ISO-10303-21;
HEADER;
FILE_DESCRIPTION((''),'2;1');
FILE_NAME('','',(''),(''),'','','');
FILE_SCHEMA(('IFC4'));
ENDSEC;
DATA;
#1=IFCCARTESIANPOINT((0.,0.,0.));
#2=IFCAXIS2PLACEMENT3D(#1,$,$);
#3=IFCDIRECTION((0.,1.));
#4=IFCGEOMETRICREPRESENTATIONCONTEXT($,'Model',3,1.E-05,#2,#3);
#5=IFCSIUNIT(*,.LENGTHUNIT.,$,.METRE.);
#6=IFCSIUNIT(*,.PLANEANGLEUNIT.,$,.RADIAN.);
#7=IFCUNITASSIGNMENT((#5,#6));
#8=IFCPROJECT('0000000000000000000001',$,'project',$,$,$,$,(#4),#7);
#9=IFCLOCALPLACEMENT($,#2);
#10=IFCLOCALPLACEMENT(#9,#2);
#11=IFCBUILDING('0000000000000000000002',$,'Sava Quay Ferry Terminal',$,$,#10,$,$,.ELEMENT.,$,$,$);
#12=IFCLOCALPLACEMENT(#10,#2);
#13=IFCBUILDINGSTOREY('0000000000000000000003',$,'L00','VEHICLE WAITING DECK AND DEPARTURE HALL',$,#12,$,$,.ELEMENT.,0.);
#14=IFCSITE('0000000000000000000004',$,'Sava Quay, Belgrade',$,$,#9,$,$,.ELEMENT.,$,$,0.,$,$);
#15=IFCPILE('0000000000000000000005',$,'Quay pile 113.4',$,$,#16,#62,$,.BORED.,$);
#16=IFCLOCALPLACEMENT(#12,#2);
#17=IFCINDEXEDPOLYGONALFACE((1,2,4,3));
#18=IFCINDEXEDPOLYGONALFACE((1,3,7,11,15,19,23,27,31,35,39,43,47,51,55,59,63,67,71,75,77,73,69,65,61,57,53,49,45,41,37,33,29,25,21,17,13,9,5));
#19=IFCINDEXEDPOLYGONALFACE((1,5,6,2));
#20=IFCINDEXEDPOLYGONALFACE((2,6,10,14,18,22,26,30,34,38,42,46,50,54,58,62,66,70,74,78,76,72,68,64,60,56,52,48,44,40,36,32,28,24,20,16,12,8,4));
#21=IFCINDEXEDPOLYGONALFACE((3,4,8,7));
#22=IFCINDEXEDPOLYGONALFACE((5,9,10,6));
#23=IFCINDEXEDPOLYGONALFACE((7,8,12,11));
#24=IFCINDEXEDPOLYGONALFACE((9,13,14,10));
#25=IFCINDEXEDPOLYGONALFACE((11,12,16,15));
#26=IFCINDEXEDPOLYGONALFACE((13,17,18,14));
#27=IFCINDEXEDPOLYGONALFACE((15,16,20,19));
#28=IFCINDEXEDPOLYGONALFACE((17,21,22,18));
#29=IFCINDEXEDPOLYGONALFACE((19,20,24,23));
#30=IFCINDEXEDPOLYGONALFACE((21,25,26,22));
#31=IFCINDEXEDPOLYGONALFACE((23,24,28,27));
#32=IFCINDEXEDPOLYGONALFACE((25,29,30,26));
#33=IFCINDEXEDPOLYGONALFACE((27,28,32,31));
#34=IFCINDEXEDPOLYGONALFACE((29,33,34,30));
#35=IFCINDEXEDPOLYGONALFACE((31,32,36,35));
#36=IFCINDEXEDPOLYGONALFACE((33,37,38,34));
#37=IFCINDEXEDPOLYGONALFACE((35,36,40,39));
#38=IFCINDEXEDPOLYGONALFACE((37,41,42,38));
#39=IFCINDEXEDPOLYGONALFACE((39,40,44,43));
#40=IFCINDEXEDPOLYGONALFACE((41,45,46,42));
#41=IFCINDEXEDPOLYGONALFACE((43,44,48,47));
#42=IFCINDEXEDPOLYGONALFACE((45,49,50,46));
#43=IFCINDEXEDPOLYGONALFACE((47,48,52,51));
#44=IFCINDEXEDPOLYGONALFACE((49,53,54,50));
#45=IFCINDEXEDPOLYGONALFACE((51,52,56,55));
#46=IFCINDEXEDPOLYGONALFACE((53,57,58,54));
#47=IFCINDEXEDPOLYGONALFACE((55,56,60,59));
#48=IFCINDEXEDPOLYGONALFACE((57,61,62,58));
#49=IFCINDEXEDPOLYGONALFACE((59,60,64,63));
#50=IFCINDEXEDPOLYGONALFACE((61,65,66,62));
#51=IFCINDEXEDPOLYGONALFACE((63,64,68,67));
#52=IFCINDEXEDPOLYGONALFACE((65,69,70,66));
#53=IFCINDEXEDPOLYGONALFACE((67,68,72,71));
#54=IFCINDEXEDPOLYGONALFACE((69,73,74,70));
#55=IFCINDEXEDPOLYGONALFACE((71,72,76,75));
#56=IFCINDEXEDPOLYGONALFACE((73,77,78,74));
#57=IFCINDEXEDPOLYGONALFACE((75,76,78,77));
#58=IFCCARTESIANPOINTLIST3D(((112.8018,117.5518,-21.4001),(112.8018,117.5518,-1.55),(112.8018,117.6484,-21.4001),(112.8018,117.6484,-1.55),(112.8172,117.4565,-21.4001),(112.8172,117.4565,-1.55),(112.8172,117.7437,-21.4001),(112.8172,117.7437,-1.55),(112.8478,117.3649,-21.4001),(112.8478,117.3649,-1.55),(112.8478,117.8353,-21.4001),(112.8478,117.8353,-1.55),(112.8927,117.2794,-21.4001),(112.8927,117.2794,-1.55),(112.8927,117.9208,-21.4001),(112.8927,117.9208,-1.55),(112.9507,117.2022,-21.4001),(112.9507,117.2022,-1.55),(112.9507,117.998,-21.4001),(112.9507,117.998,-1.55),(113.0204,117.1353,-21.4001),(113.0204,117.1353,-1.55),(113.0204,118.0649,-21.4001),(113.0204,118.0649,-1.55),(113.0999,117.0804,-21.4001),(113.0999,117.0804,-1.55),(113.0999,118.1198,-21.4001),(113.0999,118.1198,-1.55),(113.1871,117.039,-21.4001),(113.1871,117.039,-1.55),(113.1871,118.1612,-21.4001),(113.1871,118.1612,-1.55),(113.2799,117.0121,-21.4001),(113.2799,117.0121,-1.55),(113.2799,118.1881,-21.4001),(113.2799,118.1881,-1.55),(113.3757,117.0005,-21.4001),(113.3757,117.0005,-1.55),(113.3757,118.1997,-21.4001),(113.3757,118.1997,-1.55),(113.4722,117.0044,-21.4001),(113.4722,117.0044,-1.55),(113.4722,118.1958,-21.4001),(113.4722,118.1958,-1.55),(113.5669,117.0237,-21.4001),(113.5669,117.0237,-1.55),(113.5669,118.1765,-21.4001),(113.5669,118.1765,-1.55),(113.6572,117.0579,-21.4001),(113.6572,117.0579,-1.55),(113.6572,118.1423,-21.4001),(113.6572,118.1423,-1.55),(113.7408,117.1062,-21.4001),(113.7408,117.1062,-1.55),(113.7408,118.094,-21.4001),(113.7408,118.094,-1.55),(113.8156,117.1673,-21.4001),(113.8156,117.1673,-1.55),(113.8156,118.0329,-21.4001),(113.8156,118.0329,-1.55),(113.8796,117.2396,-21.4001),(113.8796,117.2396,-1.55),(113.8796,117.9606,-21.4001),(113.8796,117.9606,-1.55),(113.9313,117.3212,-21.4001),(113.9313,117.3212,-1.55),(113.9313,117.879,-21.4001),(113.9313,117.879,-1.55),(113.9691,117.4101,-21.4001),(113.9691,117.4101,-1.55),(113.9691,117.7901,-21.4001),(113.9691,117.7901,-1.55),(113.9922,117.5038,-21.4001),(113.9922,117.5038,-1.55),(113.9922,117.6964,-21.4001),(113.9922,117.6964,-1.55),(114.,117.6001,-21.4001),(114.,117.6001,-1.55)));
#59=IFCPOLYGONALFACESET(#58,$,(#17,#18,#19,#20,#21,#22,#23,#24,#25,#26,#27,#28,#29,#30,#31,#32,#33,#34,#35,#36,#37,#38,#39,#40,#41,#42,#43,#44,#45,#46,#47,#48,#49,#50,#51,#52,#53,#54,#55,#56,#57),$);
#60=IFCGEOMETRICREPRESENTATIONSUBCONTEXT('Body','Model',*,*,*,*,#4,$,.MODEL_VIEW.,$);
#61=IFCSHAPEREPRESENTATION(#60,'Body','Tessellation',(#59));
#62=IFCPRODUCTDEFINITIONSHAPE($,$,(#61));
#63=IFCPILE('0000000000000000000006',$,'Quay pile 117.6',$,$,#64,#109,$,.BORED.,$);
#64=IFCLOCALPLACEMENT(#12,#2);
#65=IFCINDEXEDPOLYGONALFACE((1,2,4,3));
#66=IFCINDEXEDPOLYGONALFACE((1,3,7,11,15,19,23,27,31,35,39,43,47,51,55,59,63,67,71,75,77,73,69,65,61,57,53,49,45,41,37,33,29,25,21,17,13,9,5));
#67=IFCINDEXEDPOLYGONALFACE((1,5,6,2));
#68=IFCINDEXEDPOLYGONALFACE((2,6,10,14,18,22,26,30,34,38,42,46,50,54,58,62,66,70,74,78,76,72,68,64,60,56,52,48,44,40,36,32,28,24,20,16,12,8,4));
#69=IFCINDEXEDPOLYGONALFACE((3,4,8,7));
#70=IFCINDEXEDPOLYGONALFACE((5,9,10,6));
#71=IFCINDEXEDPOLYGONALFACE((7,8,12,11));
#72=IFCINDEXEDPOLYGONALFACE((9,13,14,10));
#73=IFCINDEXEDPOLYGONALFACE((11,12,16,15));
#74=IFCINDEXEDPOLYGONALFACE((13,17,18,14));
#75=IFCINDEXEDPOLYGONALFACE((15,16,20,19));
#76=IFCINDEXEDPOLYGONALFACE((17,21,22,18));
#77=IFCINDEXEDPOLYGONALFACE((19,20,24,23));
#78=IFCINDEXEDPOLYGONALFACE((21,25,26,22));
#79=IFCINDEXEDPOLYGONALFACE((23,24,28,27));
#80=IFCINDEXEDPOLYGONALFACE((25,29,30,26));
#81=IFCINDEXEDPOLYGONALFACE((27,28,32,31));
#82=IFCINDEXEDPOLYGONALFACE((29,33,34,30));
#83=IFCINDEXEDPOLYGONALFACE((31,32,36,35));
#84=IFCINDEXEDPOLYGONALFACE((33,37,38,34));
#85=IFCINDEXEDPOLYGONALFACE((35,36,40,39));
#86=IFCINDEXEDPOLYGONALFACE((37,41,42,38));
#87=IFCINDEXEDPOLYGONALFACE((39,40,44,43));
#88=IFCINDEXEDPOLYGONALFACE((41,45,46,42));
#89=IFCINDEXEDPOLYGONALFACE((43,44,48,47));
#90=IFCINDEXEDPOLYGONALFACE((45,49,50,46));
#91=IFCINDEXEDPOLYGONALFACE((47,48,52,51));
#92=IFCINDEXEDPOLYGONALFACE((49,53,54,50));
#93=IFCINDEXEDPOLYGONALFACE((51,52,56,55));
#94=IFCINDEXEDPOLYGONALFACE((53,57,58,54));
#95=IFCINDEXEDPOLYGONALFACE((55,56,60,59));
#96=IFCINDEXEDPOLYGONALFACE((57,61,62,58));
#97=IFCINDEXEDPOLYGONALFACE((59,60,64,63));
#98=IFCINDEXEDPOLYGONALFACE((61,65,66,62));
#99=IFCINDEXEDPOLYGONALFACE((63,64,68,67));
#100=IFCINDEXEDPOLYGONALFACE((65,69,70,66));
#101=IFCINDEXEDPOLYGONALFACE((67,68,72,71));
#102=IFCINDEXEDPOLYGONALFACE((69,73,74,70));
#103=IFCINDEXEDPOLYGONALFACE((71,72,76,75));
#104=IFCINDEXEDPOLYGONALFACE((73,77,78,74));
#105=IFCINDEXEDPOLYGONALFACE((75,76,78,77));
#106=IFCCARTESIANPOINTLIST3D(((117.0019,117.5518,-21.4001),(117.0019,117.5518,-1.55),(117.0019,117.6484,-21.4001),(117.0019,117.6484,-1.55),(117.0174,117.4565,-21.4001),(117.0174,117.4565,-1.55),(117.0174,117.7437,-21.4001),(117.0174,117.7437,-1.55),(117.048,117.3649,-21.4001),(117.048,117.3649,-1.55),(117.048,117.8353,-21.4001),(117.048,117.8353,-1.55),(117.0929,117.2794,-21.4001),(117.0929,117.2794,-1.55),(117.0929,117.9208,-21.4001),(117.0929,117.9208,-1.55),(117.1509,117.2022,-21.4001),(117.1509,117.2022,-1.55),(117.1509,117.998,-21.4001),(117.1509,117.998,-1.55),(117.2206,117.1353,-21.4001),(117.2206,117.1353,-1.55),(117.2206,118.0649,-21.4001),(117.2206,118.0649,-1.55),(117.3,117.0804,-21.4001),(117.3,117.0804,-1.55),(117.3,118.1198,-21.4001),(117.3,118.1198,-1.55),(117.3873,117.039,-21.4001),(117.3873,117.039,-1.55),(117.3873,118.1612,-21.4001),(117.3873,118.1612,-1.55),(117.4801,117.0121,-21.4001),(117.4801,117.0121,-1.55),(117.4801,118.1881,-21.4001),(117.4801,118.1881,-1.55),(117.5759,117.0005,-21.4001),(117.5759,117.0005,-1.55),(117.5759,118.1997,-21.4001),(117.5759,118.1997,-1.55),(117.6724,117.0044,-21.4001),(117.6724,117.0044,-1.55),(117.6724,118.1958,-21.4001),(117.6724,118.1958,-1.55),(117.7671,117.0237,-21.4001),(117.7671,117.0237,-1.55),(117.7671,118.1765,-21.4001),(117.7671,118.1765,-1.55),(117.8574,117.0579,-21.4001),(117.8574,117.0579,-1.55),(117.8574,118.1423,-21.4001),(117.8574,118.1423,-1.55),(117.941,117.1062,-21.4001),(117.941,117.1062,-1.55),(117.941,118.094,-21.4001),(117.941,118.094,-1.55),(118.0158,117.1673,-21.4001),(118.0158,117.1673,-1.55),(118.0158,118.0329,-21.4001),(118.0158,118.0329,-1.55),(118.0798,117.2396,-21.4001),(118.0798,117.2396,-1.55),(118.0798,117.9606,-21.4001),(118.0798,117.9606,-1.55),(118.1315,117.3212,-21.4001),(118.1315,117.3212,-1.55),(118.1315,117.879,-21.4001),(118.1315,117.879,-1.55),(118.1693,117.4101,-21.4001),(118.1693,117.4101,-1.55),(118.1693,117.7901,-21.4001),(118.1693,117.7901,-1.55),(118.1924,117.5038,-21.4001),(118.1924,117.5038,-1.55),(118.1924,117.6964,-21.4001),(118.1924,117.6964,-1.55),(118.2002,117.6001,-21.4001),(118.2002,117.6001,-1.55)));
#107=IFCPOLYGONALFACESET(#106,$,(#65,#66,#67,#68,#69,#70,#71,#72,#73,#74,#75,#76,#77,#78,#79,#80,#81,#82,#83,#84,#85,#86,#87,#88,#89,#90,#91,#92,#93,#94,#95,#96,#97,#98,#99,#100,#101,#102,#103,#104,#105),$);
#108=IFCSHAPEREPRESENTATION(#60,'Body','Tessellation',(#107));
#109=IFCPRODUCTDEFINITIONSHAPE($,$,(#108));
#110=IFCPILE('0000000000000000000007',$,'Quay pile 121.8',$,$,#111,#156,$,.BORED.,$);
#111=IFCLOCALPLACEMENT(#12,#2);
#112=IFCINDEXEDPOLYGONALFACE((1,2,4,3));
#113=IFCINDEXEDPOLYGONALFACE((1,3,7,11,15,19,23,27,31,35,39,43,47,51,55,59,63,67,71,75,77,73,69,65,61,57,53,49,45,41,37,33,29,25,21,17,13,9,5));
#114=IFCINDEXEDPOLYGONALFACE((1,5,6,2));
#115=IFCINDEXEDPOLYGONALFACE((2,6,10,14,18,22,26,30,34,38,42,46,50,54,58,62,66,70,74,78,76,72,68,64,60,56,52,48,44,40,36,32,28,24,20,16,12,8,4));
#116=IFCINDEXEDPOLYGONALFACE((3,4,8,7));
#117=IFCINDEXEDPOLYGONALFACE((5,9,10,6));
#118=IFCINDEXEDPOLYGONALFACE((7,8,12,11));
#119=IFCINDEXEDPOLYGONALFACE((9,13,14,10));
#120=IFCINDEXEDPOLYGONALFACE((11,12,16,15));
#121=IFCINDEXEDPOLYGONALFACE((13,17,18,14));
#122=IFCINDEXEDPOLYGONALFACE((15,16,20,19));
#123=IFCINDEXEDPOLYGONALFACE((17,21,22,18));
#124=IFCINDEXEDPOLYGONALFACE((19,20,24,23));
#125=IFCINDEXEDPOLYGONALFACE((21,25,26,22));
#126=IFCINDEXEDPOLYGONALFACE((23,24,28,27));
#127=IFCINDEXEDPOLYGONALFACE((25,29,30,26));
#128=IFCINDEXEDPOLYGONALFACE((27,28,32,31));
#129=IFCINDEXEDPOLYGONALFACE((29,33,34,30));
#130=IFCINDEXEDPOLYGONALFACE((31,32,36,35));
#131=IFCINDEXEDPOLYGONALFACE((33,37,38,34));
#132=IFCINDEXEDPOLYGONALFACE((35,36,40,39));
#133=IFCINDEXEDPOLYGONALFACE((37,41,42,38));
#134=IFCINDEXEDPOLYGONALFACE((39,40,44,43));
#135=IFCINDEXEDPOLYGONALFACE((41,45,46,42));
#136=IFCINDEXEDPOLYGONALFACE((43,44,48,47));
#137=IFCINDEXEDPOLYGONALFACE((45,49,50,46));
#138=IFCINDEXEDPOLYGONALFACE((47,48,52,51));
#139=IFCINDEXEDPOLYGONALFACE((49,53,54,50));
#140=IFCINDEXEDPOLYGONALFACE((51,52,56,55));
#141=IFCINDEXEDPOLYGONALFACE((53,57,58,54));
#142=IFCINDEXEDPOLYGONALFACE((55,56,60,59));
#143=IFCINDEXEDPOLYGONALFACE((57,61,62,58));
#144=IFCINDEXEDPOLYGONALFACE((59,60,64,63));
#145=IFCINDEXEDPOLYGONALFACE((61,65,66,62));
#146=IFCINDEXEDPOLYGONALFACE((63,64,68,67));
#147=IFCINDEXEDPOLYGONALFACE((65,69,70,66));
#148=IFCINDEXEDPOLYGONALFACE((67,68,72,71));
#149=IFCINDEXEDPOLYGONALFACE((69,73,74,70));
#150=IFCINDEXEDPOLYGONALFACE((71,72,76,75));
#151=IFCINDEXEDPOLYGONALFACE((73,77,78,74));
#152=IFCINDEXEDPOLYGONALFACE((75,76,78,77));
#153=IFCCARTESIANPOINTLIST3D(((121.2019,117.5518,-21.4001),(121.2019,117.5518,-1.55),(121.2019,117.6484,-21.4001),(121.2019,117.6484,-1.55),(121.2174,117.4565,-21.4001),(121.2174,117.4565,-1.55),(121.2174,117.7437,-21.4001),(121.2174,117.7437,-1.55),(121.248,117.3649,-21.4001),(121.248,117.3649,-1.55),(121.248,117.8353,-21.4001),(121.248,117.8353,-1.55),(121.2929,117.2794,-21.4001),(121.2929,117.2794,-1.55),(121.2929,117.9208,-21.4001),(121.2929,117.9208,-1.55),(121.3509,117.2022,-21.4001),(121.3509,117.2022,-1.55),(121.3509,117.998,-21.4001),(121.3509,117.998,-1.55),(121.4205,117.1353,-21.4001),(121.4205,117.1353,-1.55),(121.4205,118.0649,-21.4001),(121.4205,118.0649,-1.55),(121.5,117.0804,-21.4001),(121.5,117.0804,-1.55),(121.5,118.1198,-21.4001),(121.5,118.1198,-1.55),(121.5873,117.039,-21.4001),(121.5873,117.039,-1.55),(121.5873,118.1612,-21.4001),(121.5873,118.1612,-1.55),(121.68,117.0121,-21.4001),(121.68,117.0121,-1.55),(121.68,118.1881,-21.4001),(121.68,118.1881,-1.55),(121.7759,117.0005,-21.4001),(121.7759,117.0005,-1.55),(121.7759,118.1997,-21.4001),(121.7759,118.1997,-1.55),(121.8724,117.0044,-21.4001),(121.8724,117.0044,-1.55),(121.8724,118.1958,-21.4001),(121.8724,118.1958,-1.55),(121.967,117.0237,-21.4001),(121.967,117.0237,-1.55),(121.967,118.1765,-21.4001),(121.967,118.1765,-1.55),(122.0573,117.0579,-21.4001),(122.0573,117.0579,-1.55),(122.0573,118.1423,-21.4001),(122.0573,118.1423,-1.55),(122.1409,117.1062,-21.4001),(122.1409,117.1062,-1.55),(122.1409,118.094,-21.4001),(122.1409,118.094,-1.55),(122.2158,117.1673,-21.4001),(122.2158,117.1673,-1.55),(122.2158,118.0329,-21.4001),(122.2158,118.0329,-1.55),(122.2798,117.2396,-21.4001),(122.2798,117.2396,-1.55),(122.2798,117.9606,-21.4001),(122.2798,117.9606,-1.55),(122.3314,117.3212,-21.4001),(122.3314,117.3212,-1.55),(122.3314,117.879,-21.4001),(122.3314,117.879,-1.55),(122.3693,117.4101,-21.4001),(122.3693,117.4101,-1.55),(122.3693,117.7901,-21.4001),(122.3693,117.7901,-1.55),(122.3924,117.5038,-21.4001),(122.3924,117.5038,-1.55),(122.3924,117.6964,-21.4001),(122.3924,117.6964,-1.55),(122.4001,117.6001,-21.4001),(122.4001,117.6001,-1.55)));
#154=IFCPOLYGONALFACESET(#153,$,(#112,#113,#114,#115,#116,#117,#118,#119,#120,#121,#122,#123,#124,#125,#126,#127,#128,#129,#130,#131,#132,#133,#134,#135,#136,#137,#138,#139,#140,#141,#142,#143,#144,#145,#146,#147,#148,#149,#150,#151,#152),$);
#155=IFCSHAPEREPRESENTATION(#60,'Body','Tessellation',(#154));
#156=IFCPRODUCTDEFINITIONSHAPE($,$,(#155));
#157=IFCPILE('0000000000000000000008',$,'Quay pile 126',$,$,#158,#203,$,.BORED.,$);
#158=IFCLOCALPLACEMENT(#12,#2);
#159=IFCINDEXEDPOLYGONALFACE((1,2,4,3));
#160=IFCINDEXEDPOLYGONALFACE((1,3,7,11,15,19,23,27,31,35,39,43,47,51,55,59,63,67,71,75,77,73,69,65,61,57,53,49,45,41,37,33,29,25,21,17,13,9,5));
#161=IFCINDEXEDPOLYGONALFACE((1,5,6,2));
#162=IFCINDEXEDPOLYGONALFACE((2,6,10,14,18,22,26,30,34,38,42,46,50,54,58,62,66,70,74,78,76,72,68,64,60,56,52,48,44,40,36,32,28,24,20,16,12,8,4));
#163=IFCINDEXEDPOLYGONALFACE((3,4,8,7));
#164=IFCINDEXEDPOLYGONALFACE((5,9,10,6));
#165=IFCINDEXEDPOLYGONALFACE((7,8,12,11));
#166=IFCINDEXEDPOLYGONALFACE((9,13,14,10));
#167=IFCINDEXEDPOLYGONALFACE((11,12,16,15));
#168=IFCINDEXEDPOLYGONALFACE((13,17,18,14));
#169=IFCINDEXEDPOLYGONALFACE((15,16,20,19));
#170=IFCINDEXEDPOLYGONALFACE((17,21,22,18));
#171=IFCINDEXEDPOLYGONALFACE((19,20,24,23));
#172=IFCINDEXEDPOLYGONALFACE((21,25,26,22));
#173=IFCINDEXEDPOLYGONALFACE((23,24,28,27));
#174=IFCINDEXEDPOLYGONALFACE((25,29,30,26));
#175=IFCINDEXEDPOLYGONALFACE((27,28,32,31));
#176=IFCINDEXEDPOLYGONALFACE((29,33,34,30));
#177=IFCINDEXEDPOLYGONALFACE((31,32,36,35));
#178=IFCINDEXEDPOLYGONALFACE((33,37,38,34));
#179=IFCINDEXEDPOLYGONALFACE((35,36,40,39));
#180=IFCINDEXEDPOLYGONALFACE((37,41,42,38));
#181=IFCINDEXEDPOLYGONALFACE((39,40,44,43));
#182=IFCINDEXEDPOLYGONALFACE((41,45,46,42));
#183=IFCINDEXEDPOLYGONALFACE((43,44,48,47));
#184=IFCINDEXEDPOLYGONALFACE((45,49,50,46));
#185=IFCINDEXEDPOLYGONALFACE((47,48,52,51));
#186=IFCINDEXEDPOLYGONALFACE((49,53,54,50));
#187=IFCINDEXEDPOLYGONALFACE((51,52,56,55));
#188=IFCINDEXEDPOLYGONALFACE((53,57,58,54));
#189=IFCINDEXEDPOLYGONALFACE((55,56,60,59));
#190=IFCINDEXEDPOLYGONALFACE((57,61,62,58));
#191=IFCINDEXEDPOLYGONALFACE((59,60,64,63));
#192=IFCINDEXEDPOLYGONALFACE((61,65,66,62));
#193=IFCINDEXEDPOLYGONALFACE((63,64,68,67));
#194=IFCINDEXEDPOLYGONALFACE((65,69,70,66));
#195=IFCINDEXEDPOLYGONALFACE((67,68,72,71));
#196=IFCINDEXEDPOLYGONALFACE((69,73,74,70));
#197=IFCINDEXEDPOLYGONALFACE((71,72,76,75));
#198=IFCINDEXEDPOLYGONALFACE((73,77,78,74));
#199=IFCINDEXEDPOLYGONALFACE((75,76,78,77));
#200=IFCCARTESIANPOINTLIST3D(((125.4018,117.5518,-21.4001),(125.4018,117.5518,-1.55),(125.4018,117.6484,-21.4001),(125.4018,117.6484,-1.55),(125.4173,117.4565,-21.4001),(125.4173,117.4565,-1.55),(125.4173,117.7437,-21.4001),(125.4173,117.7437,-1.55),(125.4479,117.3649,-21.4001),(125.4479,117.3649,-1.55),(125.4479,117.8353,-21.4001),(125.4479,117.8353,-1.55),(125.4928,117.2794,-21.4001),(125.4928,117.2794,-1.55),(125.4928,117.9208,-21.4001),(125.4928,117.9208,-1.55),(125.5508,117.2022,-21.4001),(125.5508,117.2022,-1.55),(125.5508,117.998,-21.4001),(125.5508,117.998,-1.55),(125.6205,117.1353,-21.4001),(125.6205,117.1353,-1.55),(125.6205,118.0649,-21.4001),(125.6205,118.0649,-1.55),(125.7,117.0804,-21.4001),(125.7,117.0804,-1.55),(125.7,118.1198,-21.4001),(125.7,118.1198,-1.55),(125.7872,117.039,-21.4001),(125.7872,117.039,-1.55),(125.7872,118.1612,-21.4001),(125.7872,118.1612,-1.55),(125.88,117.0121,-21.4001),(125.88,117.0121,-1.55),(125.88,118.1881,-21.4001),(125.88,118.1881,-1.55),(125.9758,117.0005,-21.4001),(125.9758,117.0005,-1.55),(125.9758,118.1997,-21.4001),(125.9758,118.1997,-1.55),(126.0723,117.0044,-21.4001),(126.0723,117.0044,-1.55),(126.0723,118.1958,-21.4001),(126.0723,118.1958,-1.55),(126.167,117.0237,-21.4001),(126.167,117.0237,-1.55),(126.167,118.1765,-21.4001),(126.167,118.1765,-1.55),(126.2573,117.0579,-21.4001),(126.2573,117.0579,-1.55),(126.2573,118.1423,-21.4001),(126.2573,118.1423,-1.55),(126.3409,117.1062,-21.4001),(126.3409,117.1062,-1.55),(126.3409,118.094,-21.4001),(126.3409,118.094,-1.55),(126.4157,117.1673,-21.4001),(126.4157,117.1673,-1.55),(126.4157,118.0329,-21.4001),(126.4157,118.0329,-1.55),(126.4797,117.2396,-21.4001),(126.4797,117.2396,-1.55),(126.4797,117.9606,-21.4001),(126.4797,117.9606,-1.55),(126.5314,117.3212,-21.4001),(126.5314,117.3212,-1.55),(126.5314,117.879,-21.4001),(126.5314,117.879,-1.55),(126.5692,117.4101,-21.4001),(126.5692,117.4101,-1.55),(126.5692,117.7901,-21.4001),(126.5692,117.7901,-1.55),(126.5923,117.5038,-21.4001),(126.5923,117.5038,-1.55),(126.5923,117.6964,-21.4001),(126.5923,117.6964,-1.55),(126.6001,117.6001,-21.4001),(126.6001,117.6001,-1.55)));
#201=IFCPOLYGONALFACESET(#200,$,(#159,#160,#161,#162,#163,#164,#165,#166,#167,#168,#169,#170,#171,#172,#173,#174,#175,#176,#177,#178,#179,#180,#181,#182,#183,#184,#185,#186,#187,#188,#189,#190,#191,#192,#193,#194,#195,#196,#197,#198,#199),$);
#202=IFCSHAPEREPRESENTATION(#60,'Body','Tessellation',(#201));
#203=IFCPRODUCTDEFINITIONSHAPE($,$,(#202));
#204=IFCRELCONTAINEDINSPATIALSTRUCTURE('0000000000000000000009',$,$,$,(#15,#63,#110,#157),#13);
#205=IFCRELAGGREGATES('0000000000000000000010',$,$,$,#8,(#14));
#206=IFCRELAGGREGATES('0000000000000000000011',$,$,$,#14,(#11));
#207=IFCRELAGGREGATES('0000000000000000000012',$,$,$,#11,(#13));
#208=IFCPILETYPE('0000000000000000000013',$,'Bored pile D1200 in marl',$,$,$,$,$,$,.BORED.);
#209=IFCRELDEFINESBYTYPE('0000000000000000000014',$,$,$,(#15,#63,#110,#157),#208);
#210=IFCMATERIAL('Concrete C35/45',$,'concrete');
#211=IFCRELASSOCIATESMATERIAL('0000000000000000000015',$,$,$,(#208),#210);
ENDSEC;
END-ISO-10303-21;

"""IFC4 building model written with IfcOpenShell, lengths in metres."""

from ifc_helpers import new_model, si_unit, direction, frame, origin, origin_2d, place, context, subcontext, project, spatial, circle, extrude, material, material_profile, profile_set, type_object, element, save


model = new_model("IFC4")

# Units and contexts
model_context = context("Model", 3, precision=1e-05, world=origin(), true_north=direction((0.0, 1.0)))
body_context = subcontext(model_context, "Body", "Model", "MODEL_VIEW")
ifc_project = project(units=[si_unit("LENGTHUNIT", "METRE"), si_unit("PLANEANGLEUNIT", "RADIAN")], contexts=[model_context])

# Site, building, storey
site_placement = place(None, origin())
site = spatial("IfcSite", under=ifc_project, at=site_placement, Name="Sava Quay, Belgrade", CompositionType="ELEMENT", RefElevation=0.0)
building_placement = place(site_placement, origin())
building = spatial("IfcBuilding", under=site, at=building_placement, Name="Sava Quay Ferry Terminal", CompositionType="ELEMENT")
storey_placement = place(building_placement, origin())
storey = spatial("IfcBuildingStorey", under=building, at=storey_placement, Name="L00", Description="VEHICLE WAITING DECK AND DEPARTURE HALL", CompositionType="ELEMENT", Elevation=0.0)

# Piles
ifc_material_1 = material(Name="Concrete C35/45", Category="concrete")
ifc_material_profile_1 = material_profile(ifc_material_1, circle(Radius=0.6001, at=origin_2d()), Name="Bored pile D1200 in marl")
ifc_profile_set_1 = profile_set([ifc_material_profile_1], Name="Concrete C35/45")
pile_type_1 = type_object("IfcPileType", Name="Bored pile D1200 in marl", PredefinedType="BORED", material=ifc_profile_set_1)
for number, where, z_axis, x_axis, name in (
    (1, (113.3999, 117.6001, -1.55), (0.0, 0.0, -1.0), (1.0, 0.0, 0.0), "Quay pile 113.4"),
    (2, (117.6001, 117.6001, -1.55), (0.0, 0.0, -1.0), (1.0, 0.0, 0.0), "Quay pile 117.6"),
    (3, (121.8, 117.6001, -1.55), (0.0, 0.0, -1.0), (1.0, 0.0, 0.0), "Quay pile 121.8"),
    (4, (126.0, 117.6001, -1.55), (0.0, 0.0, -1.0), (1.0, 0.0, 0.0), "Quay pile 126"),
):
    element("IfcPile", number, at=place(storey_placement, frame(where, z_axis=z_axis, x_axis=x_axis)), inside=storey, type_object=pile_type_1, Name=name, PredefinedType="BORED", context=body_context, shape_type="SweptSolid", body=[
        extrude(circle(Radius=0.6001, at=origin_2d()), origin(), (0.0, 0.0, 1.0), 19.8501),
    ])

save(model, "model.ifc")
